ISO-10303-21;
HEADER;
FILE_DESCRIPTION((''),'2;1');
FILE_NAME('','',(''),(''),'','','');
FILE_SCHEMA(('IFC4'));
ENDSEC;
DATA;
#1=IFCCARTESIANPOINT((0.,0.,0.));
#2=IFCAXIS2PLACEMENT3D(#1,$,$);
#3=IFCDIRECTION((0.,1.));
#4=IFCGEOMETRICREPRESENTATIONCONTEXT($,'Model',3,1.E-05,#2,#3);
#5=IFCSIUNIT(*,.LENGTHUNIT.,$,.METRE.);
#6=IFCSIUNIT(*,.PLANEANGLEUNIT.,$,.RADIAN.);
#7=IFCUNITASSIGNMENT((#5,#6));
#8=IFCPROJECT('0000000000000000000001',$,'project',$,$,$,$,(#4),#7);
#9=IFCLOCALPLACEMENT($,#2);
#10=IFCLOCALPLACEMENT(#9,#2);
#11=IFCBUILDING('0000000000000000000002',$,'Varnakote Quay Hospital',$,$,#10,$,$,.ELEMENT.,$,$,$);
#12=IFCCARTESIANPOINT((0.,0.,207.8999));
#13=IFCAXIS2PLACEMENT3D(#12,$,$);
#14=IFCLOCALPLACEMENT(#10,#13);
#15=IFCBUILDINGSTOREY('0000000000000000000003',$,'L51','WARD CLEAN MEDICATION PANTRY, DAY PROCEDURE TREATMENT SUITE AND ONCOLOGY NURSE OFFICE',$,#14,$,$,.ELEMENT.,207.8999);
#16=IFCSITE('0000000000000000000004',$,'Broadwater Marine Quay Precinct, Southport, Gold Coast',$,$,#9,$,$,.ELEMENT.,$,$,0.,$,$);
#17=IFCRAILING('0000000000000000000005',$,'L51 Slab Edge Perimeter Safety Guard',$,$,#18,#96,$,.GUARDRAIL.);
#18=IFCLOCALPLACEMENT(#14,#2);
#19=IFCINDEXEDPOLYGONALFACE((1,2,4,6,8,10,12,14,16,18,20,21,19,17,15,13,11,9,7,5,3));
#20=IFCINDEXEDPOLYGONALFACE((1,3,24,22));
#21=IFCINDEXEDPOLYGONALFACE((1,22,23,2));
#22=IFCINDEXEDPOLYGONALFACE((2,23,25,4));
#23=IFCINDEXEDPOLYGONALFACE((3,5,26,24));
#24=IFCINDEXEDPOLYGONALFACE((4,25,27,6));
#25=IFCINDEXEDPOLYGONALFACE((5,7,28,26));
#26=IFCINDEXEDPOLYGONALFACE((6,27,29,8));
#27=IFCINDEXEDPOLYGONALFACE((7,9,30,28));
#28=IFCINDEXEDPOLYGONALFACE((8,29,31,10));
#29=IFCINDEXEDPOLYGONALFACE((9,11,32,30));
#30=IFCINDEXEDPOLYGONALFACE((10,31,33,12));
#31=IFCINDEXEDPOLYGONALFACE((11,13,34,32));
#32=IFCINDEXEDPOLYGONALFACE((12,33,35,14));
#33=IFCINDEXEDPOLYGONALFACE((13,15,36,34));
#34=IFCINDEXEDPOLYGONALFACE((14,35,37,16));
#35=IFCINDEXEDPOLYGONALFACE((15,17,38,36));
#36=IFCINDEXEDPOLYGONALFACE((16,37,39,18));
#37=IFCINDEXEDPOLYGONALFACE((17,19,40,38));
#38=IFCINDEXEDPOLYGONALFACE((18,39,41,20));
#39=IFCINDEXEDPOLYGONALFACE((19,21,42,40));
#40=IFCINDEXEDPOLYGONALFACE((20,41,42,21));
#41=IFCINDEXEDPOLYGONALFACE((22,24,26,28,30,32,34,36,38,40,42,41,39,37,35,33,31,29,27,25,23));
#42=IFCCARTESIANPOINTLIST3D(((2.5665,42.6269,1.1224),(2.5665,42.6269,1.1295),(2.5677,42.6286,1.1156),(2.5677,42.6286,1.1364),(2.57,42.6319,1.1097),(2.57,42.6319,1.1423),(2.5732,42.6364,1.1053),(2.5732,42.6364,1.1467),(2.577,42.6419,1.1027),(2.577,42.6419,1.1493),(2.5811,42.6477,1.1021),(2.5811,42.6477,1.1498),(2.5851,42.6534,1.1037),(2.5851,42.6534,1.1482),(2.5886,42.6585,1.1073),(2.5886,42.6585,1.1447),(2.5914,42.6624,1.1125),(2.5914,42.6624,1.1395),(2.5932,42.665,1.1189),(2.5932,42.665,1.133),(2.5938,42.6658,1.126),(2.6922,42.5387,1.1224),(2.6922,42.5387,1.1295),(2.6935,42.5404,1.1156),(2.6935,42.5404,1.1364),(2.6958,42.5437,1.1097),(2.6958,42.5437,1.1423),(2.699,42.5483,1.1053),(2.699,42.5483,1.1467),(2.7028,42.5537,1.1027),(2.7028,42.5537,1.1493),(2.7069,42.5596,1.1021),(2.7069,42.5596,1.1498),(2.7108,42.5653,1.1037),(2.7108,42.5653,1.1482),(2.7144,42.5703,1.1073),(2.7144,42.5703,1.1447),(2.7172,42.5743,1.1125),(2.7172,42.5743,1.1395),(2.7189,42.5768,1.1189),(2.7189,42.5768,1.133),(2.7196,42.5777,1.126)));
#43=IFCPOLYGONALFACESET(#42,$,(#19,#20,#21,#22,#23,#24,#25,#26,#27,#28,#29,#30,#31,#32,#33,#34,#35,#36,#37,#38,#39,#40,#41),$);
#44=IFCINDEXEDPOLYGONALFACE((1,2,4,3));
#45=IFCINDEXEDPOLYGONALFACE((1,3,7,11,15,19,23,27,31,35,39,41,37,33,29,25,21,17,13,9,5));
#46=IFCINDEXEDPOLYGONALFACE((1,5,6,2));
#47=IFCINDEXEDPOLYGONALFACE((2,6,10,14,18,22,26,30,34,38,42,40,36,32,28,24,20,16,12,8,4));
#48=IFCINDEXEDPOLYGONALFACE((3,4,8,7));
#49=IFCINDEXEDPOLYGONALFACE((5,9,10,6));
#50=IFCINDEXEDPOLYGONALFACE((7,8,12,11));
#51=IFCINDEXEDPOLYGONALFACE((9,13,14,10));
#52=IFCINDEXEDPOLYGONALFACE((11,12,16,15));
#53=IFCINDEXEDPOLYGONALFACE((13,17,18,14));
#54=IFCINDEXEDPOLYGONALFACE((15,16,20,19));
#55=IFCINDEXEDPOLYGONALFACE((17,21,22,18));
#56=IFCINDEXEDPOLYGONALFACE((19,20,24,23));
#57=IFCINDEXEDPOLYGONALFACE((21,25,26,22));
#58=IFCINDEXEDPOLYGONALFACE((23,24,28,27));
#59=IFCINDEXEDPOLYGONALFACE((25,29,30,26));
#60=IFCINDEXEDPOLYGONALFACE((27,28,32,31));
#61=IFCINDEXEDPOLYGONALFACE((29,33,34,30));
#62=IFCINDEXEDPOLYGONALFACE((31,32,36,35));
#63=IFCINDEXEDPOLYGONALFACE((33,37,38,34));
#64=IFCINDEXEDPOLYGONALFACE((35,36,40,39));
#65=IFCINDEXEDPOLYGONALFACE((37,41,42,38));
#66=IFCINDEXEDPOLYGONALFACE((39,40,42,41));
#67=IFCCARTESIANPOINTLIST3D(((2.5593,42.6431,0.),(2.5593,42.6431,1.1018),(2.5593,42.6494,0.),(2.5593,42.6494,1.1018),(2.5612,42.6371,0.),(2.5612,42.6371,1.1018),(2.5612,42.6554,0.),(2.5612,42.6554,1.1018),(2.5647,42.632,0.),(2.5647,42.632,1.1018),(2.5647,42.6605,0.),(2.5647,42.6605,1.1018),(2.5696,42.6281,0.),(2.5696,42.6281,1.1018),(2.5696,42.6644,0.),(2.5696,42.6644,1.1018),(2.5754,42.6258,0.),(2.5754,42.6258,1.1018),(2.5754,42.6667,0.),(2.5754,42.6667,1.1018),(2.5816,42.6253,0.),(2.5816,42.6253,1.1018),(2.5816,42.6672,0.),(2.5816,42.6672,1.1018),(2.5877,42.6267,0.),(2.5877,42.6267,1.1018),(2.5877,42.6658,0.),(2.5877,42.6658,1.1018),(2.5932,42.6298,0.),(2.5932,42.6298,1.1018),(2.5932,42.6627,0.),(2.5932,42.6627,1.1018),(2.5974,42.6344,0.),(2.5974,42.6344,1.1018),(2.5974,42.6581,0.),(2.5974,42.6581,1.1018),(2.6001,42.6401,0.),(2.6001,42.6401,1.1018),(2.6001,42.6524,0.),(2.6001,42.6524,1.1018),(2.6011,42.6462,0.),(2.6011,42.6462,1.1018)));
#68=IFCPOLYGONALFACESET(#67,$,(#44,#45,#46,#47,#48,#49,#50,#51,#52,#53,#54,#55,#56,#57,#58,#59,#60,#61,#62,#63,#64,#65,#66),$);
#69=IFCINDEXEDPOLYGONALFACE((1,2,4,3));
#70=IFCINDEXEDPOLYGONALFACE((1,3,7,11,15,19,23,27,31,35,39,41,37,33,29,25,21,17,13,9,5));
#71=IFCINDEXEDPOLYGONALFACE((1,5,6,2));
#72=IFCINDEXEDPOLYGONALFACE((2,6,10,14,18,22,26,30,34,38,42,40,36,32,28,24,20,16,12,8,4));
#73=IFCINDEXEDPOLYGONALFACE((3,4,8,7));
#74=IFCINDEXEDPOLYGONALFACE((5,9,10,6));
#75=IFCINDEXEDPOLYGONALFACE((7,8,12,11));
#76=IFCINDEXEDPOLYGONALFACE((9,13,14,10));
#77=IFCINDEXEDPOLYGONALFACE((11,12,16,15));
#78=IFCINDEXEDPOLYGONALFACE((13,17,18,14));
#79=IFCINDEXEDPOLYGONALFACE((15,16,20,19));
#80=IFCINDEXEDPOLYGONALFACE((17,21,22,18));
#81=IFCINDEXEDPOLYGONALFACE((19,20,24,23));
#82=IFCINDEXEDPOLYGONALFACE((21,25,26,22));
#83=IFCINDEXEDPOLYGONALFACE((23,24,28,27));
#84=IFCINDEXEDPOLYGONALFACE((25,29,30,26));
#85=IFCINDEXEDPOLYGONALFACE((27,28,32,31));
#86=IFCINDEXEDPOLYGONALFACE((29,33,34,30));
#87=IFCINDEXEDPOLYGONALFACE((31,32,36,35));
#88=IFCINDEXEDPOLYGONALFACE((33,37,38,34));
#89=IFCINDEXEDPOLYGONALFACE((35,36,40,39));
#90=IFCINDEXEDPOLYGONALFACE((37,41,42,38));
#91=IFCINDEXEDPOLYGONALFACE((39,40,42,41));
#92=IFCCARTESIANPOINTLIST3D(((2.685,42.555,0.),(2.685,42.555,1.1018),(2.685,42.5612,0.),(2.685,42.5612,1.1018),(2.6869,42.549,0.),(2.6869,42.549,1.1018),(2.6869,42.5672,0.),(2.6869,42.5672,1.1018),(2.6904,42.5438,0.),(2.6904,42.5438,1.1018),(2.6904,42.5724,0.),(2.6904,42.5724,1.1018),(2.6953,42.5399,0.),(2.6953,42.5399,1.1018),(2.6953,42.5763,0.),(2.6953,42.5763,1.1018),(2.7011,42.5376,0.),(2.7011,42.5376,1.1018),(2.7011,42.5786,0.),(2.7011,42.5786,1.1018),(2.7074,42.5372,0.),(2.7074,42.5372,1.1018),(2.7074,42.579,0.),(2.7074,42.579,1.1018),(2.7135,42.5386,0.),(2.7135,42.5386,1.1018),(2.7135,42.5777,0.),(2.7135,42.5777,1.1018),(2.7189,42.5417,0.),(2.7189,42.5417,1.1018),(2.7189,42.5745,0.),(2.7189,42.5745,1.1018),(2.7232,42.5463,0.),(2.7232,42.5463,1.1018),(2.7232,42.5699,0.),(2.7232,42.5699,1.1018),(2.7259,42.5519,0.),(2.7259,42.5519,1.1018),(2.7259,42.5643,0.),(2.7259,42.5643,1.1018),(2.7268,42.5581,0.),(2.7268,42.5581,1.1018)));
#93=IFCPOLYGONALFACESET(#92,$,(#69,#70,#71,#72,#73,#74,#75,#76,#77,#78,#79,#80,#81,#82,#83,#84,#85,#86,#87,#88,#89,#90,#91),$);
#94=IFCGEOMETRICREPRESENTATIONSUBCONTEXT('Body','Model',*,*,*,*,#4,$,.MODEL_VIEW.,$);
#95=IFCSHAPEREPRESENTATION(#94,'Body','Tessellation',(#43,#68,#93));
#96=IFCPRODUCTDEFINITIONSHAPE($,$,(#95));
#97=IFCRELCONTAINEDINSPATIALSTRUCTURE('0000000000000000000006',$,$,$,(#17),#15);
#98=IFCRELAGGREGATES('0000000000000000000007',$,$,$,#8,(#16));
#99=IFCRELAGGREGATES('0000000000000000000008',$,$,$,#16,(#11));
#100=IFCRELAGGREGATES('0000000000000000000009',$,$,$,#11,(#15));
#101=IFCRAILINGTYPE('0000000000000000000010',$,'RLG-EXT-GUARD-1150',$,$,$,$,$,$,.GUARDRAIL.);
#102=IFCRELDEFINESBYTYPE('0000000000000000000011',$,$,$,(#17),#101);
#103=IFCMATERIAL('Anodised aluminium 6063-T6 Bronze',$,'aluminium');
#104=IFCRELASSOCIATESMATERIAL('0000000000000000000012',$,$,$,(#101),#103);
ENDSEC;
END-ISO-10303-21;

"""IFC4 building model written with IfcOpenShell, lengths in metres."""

from ifc_helpers import new_model, si_unit, direction, frame, origin, origin_2d, place, context, subcontext, project, spatial, circle, extrude, material, type_object, element, save


model = new_model("IFC4")

# Units and contexts
model_context = context("Model", 3, precision=1e-05, world=origin(), true_north=direction((0.0, 1.0)))
body_context = subcontext(model_context, "Body", "Model", "MODEL_VIEW")
ifc_project = project(units=[si_unit("LENGTHUNIT", "METRE"), si_unit("PLANEANGLEUNIT", "RADIAN")], contexts=[model_context])

# Site, building, storey
site_placement = place(None, origin())
site = spatial("IfcSite", under=ifc_project, at=site_placement, Name="Broadwater Marine Quay Precinct, Southport, Gold Coast", CompositionType="ELEMENT", RefElevation=0.0)
building_placement = place(site_placement, origin())
building = spatial("IfcBuilding", under=site, at=building_placement, Name="Varnakote Quay Hospital", CompositionType="ELEMENT")
storey_placement = place(building_placement, frame((0.0, 0.0, 207.8999)))
storey = spatial("IfcBuildingStorey", under=building, at=storey_placement, Name="L51", Description="WARD CLEAN MEDICATION PANTRY, DAY PROCEDURE TREATMENT SUITE AND ONCOLOGY NURSE OFFICE", CompositionType="ELEMENT", Elevation=207.8999)

# Railing
ifc_material_1 = material(Name="Anodised aluminium 6063-T6 Bronze", Category="aluminium")
railing_type = type_object("IfcRailingType", Name="RLG-EXT-GUARD-1150", PredefinedType="GUARDRAIL", material=ifc_material_1)
railing_1_placement = place(storey_placement, frame((2.5801, 42.6462, 0.0)))
element("IfcRailing", 1, at=railing_1_placement, inside=storey, type_object=railing_type, Name="L51 Slab Edge Perimeter Safety Guard", PredefinedType="GUARDRAIL", context=body_context, shape_type="SweptSolid", body=[
    extrude(circle(Radius=0.0239, at=origin_2d()), frame((0.0, 0.0, 1.126), z_axis=(0.818858, -0.573996, 0.0), x_axis=(0.573996, 0.818858, 0.0)), (0.0, 0.0, 1.0), 0.1536),
    extrude(circle(Radius=0.021, at=origin_2d()), origin(), (0.0, 0.0, 1.0), 1.1018),
    extrude(circle(Radius=0.021, at=origin_2d()), frame((0.1257, -0.0881, 0.0)), (0.0, 0.0, 1.0), 1.1018),
])

save(model, "model.ifc")
